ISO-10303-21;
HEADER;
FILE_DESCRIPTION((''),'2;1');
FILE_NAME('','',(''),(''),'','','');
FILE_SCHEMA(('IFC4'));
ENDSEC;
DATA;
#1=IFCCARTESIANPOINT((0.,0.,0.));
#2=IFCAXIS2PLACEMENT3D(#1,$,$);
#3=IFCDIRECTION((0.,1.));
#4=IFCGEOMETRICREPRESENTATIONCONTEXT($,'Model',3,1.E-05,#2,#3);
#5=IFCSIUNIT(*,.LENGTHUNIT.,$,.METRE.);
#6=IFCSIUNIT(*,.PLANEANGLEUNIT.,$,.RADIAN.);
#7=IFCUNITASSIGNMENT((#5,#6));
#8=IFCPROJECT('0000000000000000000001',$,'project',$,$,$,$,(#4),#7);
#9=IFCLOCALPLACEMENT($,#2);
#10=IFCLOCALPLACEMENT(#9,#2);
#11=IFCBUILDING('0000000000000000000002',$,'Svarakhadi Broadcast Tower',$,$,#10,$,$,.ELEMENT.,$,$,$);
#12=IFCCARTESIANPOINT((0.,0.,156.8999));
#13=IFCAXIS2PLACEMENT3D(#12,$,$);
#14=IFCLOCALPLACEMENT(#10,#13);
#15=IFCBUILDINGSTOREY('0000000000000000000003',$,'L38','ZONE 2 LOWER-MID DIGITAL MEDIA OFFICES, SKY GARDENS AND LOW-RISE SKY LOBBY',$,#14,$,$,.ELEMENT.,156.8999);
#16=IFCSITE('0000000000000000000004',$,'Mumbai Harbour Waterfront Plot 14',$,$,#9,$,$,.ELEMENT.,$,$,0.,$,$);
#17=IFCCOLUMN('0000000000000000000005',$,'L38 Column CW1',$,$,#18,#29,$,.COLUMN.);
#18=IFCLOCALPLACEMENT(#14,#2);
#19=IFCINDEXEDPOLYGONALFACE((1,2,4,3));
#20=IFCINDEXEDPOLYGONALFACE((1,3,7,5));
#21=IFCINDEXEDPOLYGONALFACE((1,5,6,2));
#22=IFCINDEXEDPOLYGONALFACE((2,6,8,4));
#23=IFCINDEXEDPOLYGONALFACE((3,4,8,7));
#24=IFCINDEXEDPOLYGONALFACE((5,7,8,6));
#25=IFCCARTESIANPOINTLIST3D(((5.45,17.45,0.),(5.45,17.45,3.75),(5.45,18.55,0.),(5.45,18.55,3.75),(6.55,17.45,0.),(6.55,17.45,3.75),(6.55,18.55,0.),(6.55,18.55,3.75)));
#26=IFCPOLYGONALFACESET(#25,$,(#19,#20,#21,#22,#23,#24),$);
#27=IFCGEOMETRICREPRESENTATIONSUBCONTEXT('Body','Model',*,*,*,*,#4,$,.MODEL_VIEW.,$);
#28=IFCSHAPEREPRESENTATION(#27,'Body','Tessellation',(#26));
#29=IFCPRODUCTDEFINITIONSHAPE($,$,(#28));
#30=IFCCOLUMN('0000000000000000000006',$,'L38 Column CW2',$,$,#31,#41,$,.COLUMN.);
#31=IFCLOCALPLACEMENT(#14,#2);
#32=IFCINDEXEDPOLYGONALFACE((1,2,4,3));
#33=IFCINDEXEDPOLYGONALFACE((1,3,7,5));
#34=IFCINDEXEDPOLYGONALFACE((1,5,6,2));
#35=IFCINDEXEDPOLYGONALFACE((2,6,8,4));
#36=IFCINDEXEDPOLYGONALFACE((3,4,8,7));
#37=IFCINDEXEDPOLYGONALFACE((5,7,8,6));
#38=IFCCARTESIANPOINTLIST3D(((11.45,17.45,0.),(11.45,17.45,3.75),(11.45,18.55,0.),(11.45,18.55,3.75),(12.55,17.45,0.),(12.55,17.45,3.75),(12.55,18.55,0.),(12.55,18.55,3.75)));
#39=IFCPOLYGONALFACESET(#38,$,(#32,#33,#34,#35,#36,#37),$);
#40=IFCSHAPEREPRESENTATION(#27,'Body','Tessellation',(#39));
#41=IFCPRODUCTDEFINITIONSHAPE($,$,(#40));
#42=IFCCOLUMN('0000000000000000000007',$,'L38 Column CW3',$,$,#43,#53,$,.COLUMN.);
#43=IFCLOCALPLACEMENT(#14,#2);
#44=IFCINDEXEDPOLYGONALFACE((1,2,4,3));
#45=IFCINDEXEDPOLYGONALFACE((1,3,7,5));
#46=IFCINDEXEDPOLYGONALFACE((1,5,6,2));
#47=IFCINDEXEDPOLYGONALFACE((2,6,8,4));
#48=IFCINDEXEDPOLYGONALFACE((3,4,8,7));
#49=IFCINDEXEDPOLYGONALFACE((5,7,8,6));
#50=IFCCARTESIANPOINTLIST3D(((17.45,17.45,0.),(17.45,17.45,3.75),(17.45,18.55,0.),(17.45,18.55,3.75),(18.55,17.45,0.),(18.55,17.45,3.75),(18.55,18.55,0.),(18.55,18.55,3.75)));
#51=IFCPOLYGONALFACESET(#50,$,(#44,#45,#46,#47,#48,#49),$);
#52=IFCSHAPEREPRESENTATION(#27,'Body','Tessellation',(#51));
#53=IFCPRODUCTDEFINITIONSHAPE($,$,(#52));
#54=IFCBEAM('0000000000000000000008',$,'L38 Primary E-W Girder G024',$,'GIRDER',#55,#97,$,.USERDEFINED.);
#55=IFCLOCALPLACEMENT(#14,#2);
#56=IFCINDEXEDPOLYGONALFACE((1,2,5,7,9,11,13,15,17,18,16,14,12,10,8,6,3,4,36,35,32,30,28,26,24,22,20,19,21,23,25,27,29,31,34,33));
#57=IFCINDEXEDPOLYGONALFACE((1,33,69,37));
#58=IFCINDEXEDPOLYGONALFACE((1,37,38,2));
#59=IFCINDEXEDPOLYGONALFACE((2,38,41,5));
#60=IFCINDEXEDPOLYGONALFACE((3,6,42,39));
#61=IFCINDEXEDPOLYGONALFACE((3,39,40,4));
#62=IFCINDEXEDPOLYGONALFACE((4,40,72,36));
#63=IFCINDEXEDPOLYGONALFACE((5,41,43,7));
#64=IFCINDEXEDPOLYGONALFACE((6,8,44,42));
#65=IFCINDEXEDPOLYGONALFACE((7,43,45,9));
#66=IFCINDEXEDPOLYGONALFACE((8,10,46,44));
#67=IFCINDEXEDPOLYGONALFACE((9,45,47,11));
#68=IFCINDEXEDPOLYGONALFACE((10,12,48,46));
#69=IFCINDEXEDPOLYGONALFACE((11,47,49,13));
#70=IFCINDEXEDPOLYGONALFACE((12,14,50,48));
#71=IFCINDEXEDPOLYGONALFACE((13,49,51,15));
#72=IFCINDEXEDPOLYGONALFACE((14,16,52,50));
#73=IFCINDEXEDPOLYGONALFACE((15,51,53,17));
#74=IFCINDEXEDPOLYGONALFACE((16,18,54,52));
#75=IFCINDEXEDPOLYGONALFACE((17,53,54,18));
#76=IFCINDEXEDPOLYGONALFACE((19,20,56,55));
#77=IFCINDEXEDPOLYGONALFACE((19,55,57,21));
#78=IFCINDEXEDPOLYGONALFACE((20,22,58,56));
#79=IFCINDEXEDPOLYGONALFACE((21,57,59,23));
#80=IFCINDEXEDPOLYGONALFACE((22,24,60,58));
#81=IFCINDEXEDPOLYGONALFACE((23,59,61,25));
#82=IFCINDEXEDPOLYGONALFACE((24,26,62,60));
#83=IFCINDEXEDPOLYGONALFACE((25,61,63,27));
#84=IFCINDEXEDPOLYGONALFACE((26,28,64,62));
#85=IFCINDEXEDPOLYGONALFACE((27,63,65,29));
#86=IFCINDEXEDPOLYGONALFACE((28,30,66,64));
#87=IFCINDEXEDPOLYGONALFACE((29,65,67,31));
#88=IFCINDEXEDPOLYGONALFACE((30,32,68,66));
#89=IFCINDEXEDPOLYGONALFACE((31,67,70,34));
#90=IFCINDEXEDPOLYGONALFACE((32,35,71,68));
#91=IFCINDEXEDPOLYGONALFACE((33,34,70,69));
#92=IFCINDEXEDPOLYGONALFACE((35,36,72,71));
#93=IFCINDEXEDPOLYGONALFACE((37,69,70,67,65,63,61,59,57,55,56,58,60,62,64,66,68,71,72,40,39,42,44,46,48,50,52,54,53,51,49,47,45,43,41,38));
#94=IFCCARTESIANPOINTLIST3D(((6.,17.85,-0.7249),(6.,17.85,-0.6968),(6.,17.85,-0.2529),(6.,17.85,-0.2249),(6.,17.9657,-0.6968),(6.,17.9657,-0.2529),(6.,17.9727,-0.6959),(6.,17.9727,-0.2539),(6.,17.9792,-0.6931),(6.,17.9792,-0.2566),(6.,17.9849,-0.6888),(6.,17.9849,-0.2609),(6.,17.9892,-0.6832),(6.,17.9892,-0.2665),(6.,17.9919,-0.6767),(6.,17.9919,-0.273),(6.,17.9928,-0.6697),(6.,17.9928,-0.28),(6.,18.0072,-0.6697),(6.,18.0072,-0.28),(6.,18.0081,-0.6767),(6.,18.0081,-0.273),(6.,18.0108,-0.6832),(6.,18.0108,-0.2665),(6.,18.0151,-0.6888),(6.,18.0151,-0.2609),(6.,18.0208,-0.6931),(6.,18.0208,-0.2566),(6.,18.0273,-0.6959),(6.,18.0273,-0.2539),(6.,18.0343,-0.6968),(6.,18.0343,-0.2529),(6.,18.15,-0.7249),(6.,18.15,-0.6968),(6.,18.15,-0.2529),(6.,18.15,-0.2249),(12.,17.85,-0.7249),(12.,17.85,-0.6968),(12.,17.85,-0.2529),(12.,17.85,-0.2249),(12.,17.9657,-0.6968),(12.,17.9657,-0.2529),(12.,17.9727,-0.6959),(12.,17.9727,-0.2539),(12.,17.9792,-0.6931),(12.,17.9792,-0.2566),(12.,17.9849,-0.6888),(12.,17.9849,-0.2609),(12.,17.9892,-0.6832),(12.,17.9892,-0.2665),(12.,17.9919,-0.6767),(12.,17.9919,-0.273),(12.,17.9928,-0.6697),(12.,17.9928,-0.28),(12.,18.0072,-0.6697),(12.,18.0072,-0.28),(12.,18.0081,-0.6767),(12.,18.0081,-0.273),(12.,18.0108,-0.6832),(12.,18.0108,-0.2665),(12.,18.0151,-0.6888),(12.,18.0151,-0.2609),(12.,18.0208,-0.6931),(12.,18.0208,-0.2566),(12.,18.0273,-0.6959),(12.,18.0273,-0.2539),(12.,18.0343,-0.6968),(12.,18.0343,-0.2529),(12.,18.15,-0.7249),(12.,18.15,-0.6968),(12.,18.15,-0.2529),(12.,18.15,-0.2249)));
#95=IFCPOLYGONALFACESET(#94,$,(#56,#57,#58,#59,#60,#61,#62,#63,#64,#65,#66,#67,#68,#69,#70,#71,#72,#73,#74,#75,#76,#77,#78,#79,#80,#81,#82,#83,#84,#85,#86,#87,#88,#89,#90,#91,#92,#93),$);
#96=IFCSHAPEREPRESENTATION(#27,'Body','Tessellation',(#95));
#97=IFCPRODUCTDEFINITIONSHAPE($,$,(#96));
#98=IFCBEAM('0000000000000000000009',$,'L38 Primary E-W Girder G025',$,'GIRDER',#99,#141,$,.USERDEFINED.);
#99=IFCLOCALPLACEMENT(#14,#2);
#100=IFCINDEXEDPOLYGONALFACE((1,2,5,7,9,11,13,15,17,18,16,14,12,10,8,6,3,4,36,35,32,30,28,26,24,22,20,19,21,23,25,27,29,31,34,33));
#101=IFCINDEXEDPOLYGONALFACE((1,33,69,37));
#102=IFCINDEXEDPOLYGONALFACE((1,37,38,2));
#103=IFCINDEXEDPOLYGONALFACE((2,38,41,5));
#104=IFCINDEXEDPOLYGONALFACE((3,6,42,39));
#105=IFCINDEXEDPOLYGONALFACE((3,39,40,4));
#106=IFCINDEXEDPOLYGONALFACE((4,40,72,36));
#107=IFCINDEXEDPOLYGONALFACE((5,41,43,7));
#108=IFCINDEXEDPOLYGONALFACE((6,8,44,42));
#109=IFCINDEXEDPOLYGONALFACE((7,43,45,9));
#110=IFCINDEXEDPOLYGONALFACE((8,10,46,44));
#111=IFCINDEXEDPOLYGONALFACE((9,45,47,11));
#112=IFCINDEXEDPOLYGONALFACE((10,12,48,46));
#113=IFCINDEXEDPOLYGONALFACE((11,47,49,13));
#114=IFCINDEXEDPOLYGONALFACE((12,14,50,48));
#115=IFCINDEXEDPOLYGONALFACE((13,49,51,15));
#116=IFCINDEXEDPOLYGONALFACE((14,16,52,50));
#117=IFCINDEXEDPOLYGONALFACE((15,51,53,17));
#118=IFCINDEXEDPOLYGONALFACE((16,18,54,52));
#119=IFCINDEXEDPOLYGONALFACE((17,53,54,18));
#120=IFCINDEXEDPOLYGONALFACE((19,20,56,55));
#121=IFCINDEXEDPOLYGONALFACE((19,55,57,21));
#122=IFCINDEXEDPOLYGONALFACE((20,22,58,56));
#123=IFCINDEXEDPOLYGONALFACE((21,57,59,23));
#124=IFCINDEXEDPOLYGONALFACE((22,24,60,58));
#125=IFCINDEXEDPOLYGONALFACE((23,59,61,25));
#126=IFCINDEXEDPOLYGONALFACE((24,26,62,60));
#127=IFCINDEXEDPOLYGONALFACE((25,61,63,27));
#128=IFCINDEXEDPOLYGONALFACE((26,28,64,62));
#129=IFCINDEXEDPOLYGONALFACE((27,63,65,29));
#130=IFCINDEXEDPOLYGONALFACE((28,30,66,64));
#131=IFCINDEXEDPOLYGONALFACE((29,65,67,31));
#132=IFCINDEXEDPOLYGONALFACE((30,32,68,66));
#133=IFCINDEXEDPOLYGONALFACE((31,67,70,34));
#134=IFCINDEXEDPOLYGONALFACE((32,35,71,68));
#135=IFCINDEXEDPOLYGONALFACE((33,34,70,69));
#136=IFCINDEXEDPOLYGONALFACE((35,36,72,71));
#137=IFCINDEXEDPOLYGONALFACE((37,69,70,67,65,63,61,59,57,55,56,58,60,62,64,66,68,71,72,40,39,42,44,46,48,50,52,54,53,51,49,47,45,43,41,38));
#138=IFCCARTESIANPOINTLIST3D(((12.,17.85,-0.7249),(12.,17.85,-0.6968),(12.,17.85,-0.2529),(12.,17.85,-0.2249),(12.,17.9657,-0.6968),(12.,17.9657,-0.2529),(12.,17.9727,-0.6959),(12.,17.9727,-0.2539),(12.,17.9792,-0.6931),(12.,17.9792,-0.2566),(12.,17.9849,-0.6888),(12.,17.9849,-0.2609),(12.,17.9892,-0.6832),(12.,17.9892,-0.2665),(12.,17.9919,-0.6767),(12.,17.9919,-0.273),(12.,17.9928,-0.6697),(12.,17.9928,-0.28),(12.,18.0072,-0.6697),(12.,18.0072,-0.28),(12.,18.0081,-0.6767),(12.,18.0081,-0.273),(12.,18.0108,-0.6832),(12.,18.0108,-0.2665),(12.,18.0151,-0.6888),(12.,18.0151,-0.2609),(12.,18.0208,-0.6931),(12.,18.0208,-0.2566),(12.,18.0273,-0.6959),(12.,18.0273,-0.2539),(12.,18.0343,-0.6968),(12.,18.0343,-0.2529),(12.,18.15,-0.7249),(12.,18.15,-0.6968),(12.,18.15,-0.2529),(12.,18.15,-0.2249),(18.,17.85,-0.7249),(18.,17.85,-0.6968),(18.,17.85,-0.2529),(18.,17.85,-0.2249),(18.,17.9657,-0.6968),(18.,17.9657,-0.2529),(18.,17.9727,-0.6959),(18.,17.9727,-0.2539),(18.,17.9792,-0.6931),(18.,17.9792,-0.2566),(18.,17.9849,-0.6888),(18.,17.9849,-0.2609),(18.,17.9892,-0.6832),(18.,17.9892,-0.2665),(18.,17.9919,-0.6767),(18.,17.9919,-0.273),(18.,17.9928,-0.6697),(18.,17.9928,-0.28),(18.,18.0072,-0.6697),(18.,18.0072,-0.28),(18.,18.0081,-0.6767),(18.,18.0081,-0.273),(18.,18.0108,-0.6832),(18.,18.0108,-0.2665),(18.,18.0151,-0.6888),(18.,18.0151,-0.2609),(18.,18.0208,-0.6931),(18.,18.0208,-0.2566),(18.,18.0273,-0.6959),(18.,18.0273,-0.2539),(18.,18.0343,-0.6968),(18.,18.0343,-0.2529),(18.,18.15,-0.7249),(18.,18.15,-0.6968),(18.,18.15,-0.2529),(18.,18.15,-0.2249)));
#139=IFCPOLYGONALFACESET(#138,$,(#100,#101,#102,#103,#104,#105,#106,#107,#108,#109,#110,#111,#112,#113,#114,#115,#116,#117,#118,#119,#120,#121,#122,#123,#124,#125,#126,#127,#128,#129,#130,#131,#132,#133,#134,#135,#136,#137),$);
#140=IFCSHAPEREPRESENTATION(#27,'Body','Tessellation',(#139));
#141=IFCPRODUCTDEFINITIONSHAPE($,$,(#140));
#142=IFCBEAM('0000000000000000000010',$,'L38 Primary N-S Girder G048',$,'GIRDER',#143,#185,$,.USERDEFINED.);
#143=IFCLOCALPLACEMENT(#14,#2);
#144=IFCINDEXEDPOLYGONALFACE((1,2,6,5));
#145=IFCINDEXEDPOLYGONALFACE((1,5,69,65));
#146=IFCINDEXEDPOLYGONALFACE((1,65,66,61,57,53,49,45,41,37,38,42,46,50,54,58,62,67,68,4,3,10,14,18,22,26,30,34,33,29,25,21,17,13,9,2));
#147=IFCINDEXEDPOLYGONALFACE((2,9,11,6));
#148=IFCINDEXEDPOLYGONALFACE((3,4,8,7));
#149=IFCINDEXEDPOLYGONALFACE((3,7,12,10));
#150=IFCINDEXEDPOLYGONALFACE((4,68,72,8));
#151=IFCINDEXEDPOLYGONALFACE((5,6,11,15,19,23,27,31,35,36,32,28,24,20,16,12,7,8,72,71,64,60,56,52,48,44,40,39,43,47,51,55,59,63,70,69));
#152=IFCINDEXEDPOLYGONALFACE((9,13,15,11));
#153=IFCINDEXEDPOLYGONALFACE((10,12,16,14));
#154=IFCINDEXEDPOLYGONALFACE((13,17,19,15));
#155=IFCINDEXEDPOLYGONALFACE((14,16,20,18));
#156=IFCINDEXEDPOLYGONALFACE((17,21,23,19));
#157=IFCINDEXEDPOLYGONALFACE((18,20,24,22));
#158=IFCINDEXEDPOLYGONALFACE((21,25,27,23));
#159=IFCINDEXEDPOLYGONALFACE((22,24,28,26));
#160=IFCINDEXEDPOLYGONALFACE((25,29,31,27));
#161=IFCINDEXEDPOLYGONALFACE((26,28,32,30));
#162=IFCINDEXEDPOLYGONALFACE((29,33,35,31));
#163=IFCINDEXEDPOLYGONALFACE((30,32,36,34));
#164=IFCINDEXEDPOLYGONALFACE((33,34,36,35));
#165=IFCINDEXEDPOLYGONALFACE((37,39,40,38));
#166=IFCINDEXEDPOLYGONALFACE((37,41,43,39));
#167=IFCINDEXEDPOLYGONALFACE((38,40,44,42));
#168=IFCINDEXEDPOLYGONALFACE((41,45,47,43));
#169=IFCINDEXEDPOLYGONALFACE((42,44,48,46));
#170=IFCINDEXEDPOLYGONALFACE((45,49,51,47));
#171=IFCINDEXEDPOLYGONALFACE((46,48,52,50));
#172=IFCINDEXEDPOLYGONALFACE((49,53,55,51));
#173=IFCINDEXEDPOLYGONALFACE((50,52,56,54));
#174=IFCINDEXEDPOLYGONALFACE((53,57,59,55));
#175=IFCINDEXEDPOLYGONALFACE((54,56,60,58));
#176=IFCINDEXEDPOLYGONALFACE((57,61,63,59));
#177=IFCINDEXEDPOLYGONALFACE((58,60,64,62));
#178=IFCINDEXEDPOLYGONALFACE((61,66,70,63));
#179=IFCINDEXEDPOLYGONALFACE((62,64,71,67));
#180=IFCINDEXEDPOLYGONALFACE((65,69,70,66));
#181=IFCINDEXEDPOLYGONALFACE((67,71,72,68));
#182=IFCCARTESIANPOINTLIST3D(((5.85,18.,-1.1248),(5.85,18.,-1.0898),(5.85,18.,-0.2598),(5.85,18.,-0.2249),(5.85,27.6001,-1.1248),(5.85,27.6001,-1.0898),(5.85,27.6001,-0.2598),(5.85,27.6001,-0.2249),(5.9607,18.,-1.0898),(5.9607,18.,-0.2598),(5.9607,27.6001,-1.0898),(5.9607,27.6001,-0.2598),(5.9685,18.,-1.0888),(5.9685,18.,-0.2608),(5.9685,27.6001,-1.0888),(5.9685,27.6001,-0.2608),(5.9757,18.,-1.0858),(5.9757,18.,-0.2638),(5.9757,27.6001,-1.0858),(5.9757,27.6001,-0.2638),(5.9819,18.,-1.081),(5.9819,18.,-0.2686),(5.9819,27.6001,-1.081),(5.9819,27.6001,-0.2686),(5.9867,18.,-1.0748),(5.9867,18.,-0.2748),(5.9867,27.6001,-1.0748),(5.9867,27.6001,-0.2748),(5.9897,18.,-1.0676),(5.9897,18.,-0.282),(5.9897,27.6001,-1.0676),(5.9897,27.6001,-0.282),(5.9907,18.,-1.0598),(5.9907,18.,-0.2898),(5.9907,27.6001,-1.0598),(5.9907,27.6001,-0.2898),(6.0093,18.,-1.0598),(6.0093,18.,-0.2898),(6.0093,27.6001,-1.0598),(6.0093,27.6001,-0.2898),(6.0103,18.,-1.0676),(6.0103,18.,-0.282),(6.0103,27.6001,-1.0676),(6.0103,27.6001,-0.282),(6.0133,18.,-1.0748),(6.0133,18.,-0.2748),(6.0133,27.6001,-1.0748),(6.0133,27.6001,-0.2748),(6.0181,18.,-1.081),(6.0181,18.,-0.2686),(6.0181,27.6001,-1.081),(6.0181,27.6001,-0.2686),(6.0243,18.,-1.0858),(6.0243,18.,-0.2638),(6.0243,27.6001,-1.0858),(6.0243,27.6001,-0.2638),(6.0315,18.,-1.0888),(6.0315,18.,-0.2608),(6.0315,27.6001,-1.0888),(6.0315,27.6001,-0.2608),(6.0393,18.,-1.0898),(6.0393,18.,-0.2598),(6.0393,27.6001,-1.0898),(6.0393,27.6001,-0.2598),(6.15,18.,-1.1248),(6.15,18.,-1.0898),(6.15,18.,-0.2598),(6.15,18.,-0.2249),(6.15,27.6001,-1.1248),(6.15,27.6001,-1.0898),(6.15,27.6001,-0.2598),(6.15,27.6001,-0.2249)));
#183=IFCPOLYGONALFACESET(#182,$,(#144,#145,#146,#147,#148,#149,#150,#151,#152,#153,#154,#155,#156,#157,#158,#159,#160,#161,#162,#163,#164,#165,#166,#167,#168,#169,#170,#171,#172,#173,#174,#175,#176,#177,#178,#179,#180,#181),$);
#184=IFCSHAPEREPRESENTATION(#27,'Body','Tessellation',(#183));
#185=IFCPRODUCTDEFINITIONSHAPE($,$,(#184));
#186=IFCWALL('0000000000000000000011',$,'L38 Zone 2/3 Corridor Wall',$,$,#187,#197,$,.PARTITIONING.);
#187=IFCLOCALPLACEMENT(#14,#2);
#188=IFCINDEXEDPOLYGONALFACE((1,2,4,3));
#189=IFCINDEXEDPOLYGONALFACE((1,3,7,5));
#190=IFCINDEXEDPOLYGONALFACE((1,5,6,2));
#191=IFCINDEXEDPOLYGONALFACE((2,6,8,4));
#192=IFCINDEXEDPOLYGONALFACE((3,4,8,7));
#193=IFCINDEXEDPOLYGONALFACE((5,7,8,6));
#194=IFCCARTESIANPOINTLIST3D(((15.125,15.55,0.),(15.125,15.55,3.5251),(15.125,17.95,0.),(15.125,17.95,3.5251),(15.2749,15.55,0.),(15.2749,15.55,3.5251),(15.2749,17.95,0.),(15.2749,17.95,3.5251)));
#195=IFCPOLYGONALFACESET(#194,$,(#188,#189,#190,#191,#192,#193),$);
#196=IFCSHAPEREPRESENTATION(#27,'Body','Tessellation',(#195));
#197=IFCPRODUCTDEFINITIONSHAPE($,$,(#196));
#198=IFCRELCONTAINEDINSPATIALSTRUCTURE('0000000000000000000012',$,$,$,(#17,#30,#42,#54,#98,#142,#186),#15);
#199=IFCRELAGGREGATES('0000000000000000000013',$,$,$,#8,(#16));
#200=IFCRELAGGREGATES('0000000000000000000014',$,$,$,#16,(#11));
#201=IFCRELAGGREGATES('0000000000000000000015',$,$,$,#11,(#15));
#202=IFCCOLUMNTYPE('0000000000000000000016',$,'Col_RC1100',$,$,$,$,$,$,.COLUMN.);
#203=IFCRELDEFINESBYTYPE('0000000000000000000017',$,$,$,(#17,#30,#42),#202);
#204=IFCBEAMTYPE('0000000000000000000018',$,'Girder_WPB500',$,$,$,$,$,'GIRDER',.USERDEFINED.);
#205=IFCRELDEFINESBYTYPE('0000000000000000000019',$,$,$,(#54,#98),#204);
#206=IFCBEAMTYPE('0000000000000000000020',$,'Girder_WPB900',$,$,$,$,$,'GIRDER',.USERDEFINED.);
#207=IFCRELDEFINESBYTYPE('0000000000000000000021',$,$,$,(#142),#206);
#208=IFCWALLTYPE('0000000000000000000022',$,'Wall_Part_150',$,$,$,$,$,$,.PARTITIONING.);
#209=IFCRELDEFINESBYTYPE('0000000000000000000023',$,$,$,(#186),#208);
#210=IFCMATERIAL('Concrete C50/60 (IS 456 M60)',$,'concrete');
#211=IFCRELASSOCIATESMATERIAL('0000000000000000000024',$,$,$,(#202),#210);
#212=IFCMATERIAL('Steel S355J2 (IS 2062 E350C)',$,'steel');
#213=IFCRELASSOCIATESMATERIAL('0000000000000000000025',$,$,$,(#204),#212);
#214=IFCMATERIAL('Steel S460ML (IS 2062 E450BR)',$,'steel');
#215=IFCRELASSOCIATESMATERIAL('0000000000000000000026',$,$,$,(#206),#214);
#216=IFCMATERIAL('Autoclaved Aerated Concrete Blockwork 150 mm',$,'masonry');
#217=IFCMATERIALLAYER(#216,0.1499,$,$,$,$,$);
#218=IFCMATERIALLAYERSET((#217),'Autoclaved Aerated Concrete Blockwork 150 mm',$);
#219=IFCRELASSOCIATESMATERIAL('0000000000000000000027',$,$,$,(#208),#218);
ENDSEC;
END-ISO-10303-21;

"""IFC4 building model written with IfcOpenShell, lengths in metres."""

from ifc_helpers import new_model, si_unit, direction, frame, frame_2d, origin, origin_2d, place, context, subcontext, project, spatial, rectangle, i_section, extrude, material, layer, layer_set, material_profile, profile_set, type_object, element, save


model = new_model("IFC4")

# Units and contexts
model_context = context("Model", 3, precision=1e-05, world=origin(), true_north=direction((0.0, 1.0)))
body_context = subcontext(model_context, "Body", "Model", "MODEL_VIEW")
ifc_project = project(units=[si_unit("LENGTHUNIT", "METRE"), si_unit("PLANEANGLEUNIT", "RADIAN")], contexts=[model_context])

# Site, building, storey
site_placement = place(None, origin())
site = spatial("IfcSite", under=ifc_project, at=site_placement, Name="Mumbai Harbour Waterfront Plot 14", CompositionType="ELEMENT", RefElevation=0.0)
building_placement = place(site_placement, origin())
building = spatial("IfcBuilding", under=site, at=building_placement, Name="Svarakhadi Broadcast Tower", CompositionType="ELEMENT")
storey_placement = place(building_placement, frame((0.0, 0.0, 156.8999)))
storey = spatial("IfcBuildingStorey", under=building, at=storey_placement, Name="L38", Description="ZONE 2 LOWER-MID DIGITAL MEDIA OFFICES, SKY GARDENS AND LOW-RISE SKY LOBBY", CompositionType="ELEMENT", Elevation=156.8999)

# Columns
ifc_material_1 = material(Name="Concrete C50/60 (IS 456 M60)", Category="concrete")
ifc_material_profile_1 = material_profile(ifc_material_1, rectangle(XDim=1.1001, YDim=1.1001, at=origin_2d()), Name="RC 1100x1100")
ifc_profile_set_1 = profile_set([ifc_material_profile_1], Name="Concrete C50/60 (IS 456 M60)")
column_type = type_object("IfcColumnType", Name="Col_RC1100", PredefinedType="COLUMN", material=ifc_profile_set_1)
for number, where, z_axis, x_axis, name in (
    (1, (6.0, 18.0, 0.0), (0.0, 0.0, 1.0), (1.0, 0.0, 0.0), "L38 Column CW1"),
    (2, (12.0, 18.0, 0.0), (0.0, 0.0, 1.0), (1.0, 0.0, 0.0), "L38 Column CW2"),
    (3, (18.0, 18.0, 0.0), (0.0, 0.0, 1.0), (1.0, 0.0, 0.0), "L38 Column CW3"),
):
    element("IfcColumn", number, at=place(storey_placement, frame(where, z_axis=z_axis, x_axis=x_axis)), inside=storey, type_object=column_type, Name=name, PredefinedType="COLUMN", context=body_context, shape_type="SweptSolid", body=[
        extrude(rectangle(XDim=1.1001, YDim=1.1001, at=origin_2d()), origin(), (0.0, 0.0, 1.0), 3.75),
    ])

# Beams
ifc_material_2 = material(Name="Steel S355J2 (IS 2062 E350C)", Category="steel")
ifc_material_profile_2 = material_profile(ifc_material_2, i_section(OverallWidth=0.3, OverallDepth=0.5, WebThickness=0.0144, FlangeThickness=0.0281, FilletRadius=0.0271, at=origin_2d()), Name="WPB 500x300x187")
ifc_profile_set_2 = profile_set([ifc_material_profile_2], Name="Steel S355J2 (IS 2062 E350C)")
beam_type_1 = type_object("IfcBeamType", Name="Girder_WPB500", ElementType="GIRDER", PredefinedType="USERDEFINED", material=ifc_profile_set_2)
for number, where, z_axis, x_axis, name in (
    (4, (6.0, 18.0, -0.4749), (1.0, 0.0, 0.0), (0.0, 1.0, 0.0), "L38 Primary E-W Girder G024"),
    (5, (12.0, 18.0, -0.4749), (1.0, 0.0, 0.0), (0.0, 1.0, 0.0), "L38 Primary E-W Girder G025"),
):
    element("IfcBeam", number, at=place(storey_placement, frame(where, z_axis=z_axis, x_axis=x_axis)), inside=storey, type_object=beam_type_1, Name=name, ObjectType="GIRDER", PredefinedType="USERDEFINED", context=body_context, shape_type="SweptSolid", body=[
        extrude(i_section(OverallWidth=0.3, OverallDepth=0.5, WebThickness=0.0144, FlangeThickness=0.0281, FilletRadius=0.0271, at=origin_2d()), origin(), (0.0, 0.0, 1.0), 6.0),
    ])
ifc_material_3 = material(Name="Steel S460ML (IS 2062 E450BR)", Category="steel")
ifc_material_profile_3 = material_profile(ifc_material_3, i_section(OverallWidth=0.3, OverallDepth=0.8999, WebThickness=0.0186, FlangeThickness=0.0349, FilletRadius=0.03, at=origin_2d()), Name="WPB 900x300x291")
ifc_profile_set_3 = profile_set([ifc_material_profile_3], Name="Steel S460ML (IS 2062 E450BR)")
beam_type_2 = type_object("IfcBeamType", Name="Girder_WPB900", ElementType="GIRDER", PredefinedType="USERDEFINED", material=ifc_profile_set_3)
beam_placement = place(storey_placement, frame((6.0, 18.0, -0.6748), z_axis=(0.0, 1.0, 0.0), x_axis=(-1.0, 0.0, 0.0)))
element("IfcBeam", 6, at=beam_placement, inside=storey, type_object=beam_type_2, Name="L38 Primary N-S Girder G048", ObjectType="GIRDER", PredefinedType="USERDEFINED", context=body_context, shape_type="SweptSolid", body=[
    extrude(i_section(OverallWidth=0.3, OverallDepth=0.8999, WebThickness=0.0186, FlangeThickness=0.0349, FilletRadius=0.03, at=origin_2d()), origin(), (0.0, 0.0, 1.0), 9.6001),
])

# Shared definitions
ifc_material_4 = material(Name="Autoclaved Aerated Concrete Blockwork 150 mm", Category="masonry")
ifc_layer_1 = layer(ifc_material_4, 0.1499)
ifc_layer_set_1 = layer_set([ifc_layer_1], Name="Autoclaved Aerated Concrete Blockwork 150 mm")
wall_type_1 = type_object("IfcWallType", Name="Wall_Part_150", PredefinedType="PARTITIONING", material=ifc_layer_set_1)

# Wall
wall_1_placement = place(storey_placement, frame((15.2, 17.95, 0.0), z_axis=(0.0, 0.0, 1.0), x_axis=(0.0, -1.0, 0.0)))
element("IfcWall", 7, at=wall_1_placement, inside=storey, type_object=wall_type_1, Name="L38 Zone 2/3 Corridor Wall", PredefinedType="PARTITIONING", context=body_context, shape_type="SweptSolid", body=[
    extrude(rectangle(XDim=2.3999, YDim=0.1499, at=frame_2d((1.2, 0.0))), origin(), (0.0, 0.0, 1.0), 3.5251),
])

save(model, "model.ifc")
